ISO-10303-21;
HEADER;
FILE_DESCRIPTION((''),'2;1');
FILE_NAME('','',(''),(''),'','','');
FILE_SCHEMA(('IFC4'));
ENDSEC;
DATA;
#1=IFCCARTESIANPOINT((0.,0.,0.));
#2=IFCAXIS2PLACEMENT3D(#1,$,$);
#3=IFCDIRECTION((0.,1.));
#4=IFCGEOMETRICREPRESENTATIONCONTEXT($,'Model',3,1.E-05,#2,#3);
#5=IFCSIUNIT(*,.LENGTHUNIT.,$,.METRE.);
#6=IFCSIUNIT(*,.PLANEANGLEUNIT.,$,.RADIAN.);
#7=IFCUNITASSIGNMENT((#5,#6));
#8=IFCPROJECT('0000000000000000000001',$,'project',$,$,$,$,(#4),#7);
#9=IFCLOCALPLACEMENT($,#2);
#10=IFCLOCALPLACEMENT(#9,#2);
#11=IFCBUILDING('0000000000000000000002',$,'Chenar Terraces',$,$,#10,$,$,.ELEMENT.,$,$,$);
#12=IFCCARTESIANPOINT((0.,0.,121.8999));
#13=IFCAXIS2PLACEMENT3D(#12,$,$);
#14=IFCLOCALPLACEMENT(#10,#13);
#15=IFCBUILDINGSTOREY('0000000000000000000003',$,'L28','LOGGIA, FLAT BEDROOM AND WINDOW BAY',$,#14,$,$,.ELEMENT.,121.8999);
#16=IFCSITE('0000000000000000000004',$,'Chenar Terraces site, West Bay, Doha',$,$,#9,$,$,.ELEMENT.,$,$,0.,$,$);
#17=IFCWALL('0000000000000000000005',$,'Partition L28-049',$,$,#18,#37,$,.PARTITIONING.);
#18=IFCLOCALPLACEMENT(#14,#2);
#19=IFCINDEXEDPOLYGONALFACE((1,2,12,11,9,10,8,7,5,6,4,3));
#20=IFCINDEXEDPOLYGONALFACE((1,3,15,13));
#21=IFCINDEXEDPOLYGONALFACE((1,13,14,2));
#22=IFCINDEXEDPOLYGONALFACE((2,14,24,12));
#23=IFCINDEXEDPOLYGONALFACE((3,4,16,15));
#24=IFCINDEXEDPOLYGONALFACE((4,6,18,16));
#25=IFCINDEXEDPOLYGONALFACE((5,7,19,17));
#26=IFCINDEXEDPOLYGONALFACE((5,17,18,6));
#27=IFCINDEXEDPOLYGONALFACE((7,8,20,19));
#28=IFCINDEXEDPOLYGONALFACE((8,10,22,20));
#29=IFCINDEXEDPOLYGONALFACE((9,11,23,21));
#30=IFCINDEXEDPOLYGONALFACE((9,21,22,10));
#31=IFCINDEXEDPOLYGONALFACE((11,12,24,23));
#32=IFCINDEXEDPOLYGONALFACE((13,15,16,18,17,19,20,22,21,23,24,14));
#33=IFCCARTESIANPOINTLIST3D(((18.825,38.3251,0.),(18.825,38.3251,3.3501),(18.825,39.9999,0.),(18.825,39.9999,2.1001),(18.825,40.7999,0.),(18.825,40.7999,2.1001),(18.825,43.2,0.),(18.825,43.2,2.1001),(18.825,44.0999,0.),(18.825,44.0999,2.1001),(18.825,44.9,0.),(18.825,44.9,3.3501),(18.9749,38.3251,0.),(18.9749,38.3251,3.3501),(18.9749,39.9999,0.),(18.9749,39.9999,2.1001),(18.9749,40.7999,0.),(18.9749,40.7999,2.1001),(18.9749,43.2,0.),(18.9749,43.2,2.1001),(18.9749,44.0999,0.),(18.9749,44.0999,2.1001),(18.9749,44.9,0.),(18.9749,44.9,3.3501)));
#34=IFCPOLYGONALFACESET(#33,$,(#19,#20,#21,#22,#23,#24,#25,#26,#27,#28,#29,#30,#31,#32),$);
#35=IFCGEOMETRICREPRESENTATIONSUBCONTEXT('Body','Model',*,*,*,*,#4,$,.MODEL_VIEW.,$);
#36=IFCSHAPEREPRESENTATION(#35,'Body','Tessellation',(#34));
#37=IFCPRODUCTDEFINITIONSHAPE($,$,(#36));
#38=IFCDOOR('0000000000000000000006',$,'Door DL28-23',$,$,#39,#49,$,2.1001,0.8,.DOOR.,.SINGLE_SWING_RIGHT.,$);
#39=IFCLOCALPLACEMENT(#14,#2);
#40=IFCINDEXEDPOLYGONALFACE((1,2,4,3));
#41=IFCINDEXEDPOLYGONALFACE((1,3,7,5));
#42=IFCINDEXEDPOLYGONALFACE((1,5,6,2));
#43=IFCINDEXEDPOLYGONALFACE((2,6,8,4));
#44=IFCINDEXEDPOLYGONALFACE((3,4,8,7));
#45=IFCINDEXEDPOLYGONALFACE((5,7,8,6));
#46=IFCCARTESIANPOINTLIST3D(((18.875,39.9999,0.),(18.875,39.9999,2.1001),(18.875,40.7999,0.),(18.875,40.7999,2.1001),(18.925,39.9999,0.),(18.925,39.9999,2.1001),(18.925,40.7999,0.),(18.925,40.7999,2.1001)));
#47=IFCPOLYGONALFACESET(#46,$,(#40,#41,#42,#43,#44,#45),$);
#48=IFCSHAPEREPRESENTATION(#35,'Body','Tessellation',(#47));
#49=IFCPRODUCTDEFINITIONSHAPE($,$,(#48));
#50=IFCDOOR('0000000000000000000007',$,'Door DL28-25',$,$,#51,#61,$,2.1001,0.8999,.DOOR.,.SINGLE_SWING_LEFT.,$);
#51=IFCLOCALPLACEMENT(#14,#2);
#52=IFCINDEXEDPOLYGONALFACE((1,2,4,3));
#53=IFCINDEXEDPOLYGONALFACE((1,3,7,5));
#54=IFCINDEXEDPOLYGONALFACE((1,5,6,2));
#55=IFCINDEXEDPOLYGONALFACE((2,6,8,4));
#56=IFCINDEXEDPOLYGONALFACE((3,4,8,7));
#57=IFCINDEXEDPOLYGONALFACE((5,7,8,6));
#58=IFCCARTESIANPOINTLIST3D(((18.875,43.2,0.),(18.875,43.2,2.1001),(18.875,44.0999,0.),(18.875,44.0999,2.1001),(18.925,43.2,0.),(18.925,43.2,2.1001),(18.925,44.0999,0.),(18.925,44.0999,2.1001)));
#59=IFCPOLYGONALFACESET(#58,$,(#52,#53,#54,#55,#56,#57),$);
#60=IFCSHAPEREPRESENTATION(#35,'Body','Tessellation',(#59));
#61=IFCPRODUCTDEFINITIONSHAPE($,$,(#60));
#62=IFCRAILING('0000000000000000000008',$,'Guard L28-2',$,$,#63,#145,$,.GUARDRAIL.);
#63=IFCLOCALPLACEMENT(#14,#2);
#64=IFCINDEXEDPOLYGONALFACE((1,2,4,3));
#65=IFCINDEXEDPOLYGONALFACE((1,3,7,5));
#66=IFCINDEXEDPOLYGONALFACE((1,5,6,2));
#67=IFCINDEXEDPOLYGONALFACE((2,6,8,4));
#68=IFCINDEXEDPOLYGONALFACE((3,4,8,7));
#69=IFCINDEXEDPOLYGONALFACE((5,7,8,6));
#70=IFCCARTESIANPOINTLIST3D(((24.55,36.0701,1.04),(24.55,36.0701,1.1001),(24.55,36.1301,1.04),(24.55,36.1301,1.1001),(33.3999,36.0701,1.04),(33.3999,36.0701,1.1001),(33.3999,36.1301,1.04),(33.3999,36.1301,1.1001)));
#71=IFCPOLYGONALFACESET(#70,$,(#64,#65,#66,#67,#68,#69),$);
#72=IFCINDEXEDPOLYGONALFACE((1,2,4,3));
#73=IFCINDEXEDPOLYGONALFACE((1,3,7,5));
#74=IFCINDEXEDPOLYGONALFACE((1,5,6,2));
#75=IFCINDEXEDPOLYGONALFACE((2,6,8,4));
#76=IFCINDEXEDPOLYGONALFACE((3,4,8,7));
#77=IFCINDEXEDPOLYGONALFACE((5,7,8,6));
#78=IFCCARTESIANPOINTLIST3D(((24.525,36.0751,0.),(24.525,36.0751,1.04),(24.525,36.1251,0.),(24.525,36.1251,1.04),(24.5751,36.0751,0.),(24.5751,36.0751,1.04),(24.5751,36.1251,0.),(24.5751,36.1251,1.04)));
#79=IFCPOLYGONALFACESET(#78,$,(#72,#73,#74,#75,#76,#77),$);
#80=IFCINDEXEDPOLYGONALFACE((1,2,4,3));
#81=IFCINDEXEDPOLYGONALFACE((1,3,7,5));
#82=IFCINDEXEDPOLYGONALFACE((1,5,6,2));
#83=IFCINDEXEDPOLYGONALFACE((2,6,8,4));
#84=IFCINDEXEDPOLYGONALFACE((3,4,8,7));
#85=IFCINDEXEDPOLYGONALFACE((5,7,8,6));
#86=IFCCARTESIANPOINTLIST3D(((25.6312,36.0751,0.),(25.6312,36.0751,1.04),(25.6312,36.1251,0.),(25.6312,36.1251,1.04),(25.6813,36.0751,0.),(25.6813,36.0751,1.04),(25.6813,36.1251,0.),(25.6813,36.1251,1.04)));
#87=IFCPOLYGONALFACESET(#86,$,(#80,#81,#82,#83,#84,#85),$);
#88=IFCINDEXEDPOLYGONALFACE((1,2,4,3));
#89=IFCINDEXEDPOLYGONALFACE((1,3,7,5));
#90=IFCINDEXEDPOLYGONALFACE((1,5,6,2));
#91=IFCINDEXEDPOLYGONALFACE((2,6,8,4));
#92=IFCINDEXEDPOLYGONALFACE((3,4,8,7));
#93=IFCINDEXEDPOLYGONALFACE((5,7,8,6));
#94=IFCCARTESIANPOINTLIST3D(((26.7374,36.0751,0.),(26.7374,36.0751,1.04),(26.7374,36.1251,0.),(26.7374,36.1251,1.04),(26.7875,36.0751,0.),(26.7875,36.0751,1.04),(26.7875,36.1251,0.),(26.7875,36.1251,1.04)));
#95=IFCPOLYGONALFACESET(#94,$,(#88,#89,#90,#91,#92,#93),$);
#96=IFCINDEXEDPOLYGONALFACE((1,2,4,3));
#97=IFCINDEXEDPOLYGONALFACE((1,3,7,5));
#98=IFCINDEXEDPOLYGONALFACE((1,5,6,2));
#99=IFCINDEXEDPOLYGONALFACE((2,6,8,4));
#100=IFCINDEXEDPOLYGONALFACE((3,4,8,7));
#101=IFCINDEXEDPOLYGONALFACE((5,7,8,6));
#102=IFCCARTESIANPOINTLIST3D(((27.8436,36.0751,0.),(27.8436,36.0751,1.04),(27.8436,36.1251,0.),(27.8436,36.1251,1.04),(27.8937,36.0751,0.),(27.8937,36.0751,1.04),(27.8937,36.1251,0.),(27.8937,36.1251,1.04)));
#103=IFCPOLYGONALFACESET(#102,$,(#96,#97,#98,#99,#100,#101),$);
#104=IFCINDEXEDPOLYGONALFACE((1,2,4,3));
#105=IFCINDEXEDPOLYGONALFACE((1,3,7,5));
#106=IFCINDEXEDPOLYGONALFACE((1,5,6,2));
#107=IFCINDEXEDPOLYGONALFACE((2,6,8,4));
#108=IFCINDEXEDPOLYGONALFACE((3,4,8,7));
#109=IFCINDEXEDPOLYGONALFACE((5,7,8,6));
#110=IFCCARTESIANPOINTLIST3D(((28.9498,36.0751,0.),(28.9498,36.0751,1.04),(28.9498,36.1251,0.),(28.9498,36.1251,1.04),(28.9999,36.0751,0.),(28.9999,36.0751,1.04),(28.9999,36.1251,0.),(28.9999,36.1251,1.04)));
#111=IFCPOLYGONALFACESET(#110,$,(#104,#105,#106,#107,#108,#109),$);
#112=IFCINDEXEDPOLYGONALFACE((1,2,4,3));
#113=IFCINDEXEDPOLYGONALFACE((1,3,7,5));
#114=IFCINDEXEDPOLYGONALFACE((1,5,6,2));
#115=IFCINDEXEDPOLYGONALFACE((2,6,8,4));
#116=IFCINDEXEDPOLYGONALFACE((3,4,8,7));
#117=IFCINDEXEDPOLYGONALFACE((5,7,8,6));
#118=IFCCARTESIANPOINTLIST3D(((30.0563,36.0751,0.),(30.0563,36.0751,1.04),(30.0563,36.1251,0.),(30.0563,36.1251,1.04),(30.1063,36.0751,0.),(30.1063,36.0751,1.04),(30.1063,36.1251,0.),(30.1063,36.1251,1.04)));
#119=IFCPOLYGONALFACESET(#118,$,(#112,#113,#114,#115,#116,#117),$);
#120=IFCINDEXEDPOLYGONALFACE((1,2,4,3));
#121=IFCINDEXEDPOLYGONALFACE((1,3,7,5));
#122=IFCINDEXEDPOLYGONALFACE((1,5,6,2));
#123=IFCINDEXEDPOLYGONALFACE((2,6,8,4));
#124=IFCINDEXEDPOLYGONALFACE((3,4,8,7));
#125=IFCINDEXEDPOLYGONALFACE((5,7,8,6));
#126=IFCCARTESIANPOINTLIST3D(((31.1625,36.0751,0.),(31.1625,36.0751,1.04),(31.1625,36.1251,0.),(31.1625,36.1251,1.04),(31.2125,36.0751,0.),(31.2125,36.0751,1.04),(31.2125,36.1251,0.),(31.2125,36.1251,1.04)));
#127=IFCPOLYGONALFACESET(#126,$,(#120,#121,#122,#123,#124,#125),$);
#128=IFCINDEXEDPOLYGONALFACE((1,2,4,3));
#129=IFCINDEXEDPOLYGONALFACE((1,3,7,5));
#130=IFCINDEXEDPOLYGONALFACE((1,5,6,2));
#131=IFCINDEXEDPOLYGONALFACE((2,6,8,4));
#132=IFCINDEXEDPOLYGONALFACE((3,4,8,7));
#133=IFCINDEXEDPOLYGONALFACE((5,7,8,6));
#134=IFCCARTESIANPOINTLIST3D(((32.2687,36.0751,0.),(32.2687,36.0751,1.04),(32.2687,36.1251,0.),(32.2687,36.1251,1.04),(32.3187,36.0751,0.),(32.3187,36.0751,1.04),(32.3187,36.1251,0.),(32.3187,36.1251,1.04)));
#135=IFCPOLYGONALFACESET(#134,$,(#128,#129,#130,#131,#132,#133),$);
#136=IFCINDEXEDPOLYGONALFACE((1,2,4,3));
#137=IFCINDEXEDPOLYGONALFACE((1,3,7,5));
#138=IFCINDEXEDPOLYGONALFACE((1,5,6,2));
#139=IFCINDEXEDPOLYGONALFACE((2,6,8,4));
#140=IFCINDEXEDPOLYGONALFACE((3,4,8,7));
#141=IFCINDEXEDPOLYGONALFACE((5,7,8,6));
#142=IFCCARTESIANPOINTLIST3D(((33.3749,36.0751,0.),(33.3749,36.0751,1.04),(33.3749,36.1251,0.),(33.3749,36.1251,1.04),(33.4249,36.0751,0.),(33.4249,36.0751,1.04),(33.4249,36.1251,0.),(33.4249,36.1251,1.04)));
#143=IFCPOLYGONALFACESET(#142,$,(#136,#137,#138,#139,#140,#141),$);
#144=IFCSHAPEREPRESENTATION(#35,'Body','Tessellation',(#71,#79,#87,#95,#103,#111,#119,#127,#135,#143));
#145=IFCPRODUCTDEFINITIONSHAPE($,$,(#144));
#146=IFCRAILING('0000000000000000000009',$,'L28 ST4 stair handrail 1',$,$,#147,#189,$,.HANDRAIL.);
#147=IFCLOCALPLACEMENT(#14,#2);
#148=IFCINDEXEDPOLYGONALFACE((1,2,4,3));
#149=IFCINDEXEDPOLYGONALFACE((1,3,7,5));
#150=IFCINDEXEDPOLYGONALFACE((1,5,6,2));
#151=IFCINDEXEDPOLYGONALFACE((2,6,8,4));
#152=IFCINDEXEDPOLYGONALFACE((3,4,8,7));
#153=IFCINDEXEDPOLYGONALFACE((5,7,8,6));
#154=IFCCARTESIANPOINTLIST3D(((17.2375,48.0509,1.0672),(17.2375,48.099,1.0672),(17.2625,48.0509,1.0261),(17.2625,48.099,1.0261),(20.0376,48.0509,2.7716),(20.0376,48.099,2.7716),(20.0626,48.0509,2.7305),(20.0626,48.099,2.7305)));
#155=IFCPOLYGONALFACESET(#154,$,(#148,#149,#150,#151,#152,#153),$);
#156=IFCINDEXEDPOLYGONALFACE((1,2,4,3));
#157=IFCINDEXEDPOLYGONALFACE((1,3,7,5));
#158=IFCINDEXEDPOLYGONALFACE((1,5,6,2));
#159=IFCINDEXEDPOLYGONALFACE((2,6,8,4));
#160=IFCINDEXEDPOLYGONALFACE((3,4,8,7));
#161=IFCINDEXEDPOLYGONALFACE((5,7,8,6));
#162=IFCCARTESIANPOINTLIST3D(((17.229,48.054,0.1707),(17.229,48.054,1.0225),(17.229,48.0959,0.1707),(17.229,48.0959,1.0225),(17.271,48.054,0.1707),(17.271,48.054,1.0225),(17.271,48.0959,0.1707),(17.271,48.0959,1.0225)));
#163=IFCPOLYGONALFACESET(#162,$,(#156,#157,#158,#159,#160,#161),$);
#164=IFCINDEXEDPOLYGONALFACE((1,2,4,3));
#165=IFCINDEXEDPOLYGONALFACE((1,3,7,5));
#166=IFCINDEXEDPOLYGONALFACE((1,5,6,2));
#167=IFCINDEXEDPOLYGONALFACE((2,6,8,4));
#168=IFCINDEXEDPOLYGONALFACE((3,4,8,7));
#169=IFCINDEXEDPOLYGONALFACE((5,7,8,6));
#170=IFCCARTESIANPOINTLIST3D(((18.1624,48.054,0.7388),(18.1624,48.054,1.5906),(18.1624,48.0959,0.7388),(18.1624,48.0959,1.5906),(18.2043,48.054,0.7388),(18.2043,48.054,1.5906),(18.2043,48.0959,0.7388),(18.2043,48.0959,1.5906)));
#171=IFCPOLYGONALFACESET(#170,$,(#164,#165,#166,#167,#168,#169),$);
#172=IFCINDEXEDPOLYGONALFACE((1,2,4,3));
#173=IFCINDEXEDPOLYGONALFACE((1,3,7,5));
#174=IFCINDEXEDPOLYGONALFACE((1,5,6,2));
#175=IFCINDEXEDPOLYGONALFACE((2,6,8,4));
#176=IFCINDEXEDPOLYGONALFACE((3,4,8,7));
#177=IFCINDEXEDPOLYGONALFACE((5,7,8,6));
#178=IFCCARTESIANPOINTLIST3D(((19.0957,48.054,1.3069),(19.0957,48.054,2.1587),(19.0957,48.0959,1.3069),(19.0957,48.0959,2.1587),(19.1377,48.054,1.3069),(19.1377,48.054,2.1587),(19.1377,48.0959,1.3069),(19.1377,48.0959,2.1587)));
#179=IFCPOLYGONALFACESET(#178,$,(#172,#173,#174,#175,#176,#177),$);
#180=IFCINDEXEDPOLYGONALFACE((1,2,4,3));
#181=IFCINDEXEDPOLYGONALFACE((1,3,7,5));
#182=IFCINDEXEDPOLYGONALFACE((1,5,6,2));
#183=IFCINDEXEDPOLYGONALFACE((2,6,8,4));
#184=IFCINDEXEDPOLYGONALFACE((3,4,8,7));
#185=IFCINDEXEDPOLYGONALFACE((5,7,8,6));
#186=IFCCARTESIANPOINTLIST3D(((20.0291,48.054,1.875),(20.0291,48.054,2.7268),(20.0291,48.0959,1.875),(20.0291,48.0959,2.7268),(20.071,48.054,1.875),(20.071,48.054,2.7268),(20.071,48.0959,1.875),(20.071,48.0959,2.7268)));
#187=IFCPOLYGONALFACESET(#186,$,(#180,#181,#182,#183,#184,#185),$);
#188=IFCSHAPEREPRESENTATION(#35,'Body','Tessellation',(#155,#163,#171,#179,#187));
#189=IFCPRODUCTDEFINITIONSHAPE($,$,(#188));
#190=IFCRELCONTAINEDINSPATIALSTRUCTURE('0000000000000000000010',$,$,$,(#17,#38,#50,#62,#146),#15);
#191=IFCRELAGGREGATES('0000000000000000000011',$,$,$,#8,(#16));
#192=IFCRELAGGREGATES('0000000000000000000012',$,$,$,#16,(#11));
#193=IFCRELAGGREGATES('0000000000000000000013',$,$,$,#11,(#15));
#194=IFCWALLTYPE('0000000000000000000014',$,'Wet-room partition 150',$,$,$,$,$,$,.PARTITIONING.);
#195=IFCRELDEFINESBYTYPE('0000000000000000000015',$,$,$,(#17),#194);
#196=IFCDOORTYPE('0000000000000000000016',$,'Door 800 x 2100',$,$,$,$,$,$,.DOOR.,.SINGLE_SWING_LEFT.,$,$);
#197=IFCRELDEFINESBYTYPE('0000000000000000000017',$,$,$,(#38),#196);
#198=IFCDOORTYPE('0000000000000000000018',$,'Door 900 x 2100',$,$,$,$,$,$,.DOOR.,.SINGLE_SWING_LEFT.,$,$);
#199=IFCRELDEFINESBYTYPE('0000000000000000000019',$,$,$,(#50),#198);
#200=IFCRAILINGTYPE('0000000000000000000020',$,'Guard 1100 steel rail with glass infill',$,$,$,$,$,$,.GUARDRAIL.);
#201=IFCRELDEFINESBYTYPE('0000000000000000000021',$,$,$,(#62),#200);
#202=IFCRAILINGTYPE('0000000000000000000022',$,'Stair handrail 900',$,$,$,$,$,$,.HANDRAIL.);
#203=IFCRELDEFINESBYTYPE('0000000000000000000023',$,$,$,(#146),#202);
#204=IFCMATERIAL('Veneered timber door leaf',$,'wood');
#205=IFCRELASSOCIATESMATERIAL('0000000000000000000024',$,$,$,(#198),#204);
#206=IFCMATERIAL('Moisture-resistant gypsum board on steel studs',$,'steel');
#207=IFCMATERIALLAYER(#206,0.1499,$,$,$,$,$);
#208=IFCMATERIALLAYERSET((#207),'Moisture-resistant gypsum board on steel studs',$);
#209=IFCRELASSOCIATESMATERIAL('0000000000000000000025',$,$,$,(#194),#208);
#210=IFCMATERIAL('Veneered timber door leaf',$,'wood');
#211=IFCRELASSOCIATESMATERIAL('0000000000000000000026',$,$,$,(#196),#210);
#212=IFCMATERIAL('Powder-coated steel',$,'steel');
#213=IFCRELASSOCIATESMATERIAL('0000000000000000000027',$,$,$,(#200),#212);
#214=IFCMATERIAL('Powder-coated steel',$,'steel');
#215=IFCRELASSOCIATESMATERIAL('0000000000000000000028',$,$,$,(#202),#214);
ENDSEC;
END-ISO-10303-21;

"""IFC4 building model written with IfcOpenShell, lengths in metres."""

from ifc_helpers import new_model, si_unit, direction, frame, frame_2d, origin, origin_2d, place, context, subcontext, project, spatial, rectangle, extrude, material, layer, layer_set, type_object, element, fill, save


model = new_model("IFC4")

# Units and contexts
model_context = context("Model", 3, precision=1e-05, world=origin(), true_north=direction((0.0, 1.0)))
body_context = subcontext(model_context, "Body", "Model", "MODEL_VIEW")
ifc_project = project(units=[si_unit("LENGTHUNIT", "METRE"), si_unit("PLANEANGLEUNIT", "RADIAN")], contexts=[model_context])

# Site, building, storey
site_placement = place(None, origin())
site = spatial("IfcSite", under=ifc_project, at=site_placement, Name="Chenar Terraces site, West Bay, Doha", CompositionType="ELEMENT", RefElevation=0.0)
building_placement = place(site_placement, origin())
building = spatial("IfcBuilding", under=site, at=building_placement, Name="Chenar Terraces", CompositionType="ELEMENT")
storey_placement = place(building_placement, frame((0.0, 0.0, 121.8999)))
storey = spatial("IfcBuildingStorey", under=building, at=storey_placement, Name="L28", Description="LOGGIA, FLAT BEDROOM AND WINDOW BAY", CompositionType="ELEMENT", Elevation=121.8999)

# Shared definitions
ifc_material_1 = material(Name="Veneered timber door leaf", Category="wood")
door_type_1 = type_object("IfcDoorType", Name="Door 900 x 2100", OperationType="SINGLE_SWING_LEFT", PredefinedType="DOOR", material=ifc_material_1)

# Shared definitions
ifc_material_2 = material(Name="Moisture-resistant gypsum board on steel studs", Category="steel")
ifc_layer_1 = layer(ifc_material_2, 0.1499)
ifc_layer_set_1 = layer_set([ifc_layer_1], Name="Moisture-resistant gypsum board on steel studs")
wall_type_1 = type_object("IfcWallType", Name="Wet-room partition 150", PredefinedType="PARTITIONING", material=ifc_layer_set_1)

# Wall, openings, doors
wall_1_placement = place(storey_placement, frame((18.8999, 38.325, 0.0), z_axis=(0.0, 0.0, 1.0), x_axis=(0.0, 1.0, 0.0)))
wall_1 = element("IfcWall", 1, at=wall_1_placement, inside=storey, type_object=wall_type_1, Name="Partition L28-049", PredefinedType="PARTITIONING", context=body_context, shape_type="SweptSolid", body=[
    extrude(rectangle(XDim=6.575, YDim=0.1499, at=frame_2d((3.2876, 0.0))), origin(), (0.0, 0.0, 1.0), 3.3501),
])
opening_1_placement = place(wall_1_placement, frame((1.675, 0.0, 0.0)))
opening_1 = element("IfcOpeningElement", 2, at=opening_1_placement, cuts=wall_1, PredefinedType="OPENING", context=body_context, shape_type="SweptSolid", body=[
    extrude(rectangle(XDim=0.8, YDim=2.1001, at=frame_2d((0.3999, 1.05))), frame((0.0, 0.085, 0.0), z_axis=(0.0, -1.0, 0.0), x_axis=(1.0, 0.0, 0.0)), (0.0, 0.0, 1.0), 0.1699),
])
opening_2_placement = place(wall_1_placement, frame((4.875, 0.0, 0.0)))
opening_2 = element("IfcOpeningElement", 3, at=opening_2_placement, cuts=wall_1, PredefinedType="OPENING", context=body_context, shape_type="SweptSolid", body=[
    extrude(rectangle(XDim=0.8999, YDim=2.1001, at=frame_2d((0.45, 1.05))), frame((0.0, 0.085, 0.0), z_axis=(0.0, -1.0, 0.0), x_axis=(1.0, 0.0, 0.0)), (0.0, 0.0, 1.0), 0.1699),
])
ifc_material_3 = material(Name="Veneered timber door leaf", Category="wood")
door_type_2 = type_object("IfcDoorType", Name="Door 800 x 2100", OperationType="SINGLE_SWING_LEFT", PredefinedType="DOOR", material=ifc_material_3)
door_1_placement = place(opening_1_placement, origin())
door_1 = element("IfcDoor", 4, at=door_1_placement, inside=storey, type_object=door_type_2, Name="Door DL28-23", OperationType="SINGLE_SWING_RIGHT", OverallHeight=2.1001, OverallWidth=0.8, PredefinedType="DOOR", context=body_context, shape_type="SweptSolid", body=[
    extrude(rectangle(XDim=0.8, YDim=2.1001, at=frame_2d((0.3999, 1.05))), frame((0.0, 0.0249, 0.0), z_axis=(0.0, -1.0, 0.0), x_axis=(1.0, 0.0, 0.0)), (0.0, 0.0, 1.0), 0.05),
])
fill(opening_1, door_1)
door_2_placement = place(opening_2_placement, origin())
door_2 = element("IfcDoor", 5, at=door_2_placement, inside=storey, type_object=door_type_1, Name="Door DL28-25", OperationType="SINGLE_SWING_LEFT", OverallHeight=2.1001, OverallWidth=0.8999, PredefinedType="DOOR", context=body_context, shape_type="SweptSolid", body=[
    extrude(rectangle(XDim=0.8999, YDim=2.1001, at=frame_2d((0.45, 1.05))), frame((0.0, 0.0249, 0.0), z_axis=(0.0, -1.0, 0.0), x_axis=(1.0, 0.0, 0.0)), (0.0, 0.0, 1.0), 0.05),
])
fill(opening_2, door_2)

# Railings
ifc_material_4 = material(Name="Powder-coated steel", Category="steel")
railing_type_1 = type_object("IfcRailingType", Name="Guard 1100 steel rail with glass infill", PredefinedType="GUARDRAIL", material=ifc_material_4)
railing_1_placement = place(storey_placement, frame((24.55, 36.1001, 0.0)))
element("IfcRailing", 6, at=railing_1_placement, inside=storey, type_object=railing_type_1, Name="Guard L28-2", PredefinedType="GUARDRAIL", context=body_context, shape_type="SweptSolid", body=[
    extrude(rectangle(XDim=0.0601, YDim=0.0601, at=origin_2d()), frame((0.0, 0.0, 1.0701), z_axis=(1.0, 0.0, 0.0), x_axis=(0.0, 1.0, 0.0)), (0.0, 0.0, 1.0), 8.8499),
    extrude(rectangle(XDim=0.05, YDim=0.05, at=origin_2d()), origin(), (0.0, 0.0, 1.0), 1.04),
    extrude(rectangle(XDim=0.05, YDim=0.05, at=origin_2d()), frame((1.1062, 0.0, 0.0)), (0.0, 0.0, 1.0), 1.04),
    extrude(rectangle(XDim=0.05, YDim=0.05, at=origin_2d()), frame((2.2124, 0.0, 0.0)), (0.0, 0.0, 1.0), 1.04),
    extrude(rectangle(XDim=0.05, YDim=0.05, at=origin_2d()), frame((3.3186, 0.0, 0.0)), (0.0, 0.0, 1.0), 1.04),
    extrude(rectangle(XDim=0.05, YDim=0.05, at=origin_2d()), frame((4.4248, 0.0, 0.0)), (0.0, 0.0, 1.0), 1.04),
    extrude(rectangle(XDim=0.05, YDim=0.05, at=origin_2d()), frame((5.5312, 0.0, 0.0)), (0.0, 0.0, 1.0), 1.04),
    extrude(rectangle(XDim=0.05, YDim=0.05, at=origin_2d()), frame((6.6375, 0.0, 0.0)), (0.0, 0.0, 1.0), 1.04),
    extrude(rectangle(XDim=0.05, YDim=0.05, at=origin_2d()), frame((7.7437, 0.0, 0.0)), (0.0, 0.0, 1.0), 1.04),
    extrude(rectangle(XDim=0.05, YDim=0.05, at=origin_2d()), frame((8.8499, 0.0, 0.0)), (0.0, 0.0, 1.0), 1.04),
])
ifc_material_5 = material(Name="Powder-coated steel", Category="steel")
railing_type_2 = type_object("IfcRailingType", Name="Stair handrail 900", PredefinedType="HANDRAIL", material=ifc_material_5)
railing_2_placement = place(storey_placement, frame((17.25, 48.075, 0.1707)))
element("IfcRailing", 7, at=railing_2_placement, inside=storey, type_object=railing_type_2, Name="L28 ST4 stair handrail 1", PredefinedType="HANDRAIL", context=body_context, shape_type="SweptSolid", body=[
    extrude(rectangle(XDim=0.0481, YDim=0.0481, at=origin_2d()), frame((0.0, 0.0, 0.876), z_axis=(0.854203, 0.0, 0.51994), x_axis=(0.0, 1.0, 0.0)), (0.0, 0.0, 1.0), 3.2781),
    extrude(rectangle(XDim=0.042, YDim=0.042, at=origin_2d()), origin(), (0.0, 0.0, 1.0), 0.8518),
    extrude(rectangle(XDim=0.042, YDim=0.042, at=origin_2d()), frame((0.9333, 0.0, 0.5681)), (0.0, 0.0, 1.0), 0.8518),
    extrude(rectangle(XDim=0.042, YDim=0.042, at=origin_2d()), frame((1.8667, 0.0, 1.1362)), (0.0, 0.0, 1.0), 0.8518),
    extrude(rectangle(XDim=0.042, YDim=0.042, at=origin_2d()), frame((2.8, 0.0, 1.7043)), (0.0, 0.0, 1.0), 0.8518),
])

save(model, "model.ifc")
